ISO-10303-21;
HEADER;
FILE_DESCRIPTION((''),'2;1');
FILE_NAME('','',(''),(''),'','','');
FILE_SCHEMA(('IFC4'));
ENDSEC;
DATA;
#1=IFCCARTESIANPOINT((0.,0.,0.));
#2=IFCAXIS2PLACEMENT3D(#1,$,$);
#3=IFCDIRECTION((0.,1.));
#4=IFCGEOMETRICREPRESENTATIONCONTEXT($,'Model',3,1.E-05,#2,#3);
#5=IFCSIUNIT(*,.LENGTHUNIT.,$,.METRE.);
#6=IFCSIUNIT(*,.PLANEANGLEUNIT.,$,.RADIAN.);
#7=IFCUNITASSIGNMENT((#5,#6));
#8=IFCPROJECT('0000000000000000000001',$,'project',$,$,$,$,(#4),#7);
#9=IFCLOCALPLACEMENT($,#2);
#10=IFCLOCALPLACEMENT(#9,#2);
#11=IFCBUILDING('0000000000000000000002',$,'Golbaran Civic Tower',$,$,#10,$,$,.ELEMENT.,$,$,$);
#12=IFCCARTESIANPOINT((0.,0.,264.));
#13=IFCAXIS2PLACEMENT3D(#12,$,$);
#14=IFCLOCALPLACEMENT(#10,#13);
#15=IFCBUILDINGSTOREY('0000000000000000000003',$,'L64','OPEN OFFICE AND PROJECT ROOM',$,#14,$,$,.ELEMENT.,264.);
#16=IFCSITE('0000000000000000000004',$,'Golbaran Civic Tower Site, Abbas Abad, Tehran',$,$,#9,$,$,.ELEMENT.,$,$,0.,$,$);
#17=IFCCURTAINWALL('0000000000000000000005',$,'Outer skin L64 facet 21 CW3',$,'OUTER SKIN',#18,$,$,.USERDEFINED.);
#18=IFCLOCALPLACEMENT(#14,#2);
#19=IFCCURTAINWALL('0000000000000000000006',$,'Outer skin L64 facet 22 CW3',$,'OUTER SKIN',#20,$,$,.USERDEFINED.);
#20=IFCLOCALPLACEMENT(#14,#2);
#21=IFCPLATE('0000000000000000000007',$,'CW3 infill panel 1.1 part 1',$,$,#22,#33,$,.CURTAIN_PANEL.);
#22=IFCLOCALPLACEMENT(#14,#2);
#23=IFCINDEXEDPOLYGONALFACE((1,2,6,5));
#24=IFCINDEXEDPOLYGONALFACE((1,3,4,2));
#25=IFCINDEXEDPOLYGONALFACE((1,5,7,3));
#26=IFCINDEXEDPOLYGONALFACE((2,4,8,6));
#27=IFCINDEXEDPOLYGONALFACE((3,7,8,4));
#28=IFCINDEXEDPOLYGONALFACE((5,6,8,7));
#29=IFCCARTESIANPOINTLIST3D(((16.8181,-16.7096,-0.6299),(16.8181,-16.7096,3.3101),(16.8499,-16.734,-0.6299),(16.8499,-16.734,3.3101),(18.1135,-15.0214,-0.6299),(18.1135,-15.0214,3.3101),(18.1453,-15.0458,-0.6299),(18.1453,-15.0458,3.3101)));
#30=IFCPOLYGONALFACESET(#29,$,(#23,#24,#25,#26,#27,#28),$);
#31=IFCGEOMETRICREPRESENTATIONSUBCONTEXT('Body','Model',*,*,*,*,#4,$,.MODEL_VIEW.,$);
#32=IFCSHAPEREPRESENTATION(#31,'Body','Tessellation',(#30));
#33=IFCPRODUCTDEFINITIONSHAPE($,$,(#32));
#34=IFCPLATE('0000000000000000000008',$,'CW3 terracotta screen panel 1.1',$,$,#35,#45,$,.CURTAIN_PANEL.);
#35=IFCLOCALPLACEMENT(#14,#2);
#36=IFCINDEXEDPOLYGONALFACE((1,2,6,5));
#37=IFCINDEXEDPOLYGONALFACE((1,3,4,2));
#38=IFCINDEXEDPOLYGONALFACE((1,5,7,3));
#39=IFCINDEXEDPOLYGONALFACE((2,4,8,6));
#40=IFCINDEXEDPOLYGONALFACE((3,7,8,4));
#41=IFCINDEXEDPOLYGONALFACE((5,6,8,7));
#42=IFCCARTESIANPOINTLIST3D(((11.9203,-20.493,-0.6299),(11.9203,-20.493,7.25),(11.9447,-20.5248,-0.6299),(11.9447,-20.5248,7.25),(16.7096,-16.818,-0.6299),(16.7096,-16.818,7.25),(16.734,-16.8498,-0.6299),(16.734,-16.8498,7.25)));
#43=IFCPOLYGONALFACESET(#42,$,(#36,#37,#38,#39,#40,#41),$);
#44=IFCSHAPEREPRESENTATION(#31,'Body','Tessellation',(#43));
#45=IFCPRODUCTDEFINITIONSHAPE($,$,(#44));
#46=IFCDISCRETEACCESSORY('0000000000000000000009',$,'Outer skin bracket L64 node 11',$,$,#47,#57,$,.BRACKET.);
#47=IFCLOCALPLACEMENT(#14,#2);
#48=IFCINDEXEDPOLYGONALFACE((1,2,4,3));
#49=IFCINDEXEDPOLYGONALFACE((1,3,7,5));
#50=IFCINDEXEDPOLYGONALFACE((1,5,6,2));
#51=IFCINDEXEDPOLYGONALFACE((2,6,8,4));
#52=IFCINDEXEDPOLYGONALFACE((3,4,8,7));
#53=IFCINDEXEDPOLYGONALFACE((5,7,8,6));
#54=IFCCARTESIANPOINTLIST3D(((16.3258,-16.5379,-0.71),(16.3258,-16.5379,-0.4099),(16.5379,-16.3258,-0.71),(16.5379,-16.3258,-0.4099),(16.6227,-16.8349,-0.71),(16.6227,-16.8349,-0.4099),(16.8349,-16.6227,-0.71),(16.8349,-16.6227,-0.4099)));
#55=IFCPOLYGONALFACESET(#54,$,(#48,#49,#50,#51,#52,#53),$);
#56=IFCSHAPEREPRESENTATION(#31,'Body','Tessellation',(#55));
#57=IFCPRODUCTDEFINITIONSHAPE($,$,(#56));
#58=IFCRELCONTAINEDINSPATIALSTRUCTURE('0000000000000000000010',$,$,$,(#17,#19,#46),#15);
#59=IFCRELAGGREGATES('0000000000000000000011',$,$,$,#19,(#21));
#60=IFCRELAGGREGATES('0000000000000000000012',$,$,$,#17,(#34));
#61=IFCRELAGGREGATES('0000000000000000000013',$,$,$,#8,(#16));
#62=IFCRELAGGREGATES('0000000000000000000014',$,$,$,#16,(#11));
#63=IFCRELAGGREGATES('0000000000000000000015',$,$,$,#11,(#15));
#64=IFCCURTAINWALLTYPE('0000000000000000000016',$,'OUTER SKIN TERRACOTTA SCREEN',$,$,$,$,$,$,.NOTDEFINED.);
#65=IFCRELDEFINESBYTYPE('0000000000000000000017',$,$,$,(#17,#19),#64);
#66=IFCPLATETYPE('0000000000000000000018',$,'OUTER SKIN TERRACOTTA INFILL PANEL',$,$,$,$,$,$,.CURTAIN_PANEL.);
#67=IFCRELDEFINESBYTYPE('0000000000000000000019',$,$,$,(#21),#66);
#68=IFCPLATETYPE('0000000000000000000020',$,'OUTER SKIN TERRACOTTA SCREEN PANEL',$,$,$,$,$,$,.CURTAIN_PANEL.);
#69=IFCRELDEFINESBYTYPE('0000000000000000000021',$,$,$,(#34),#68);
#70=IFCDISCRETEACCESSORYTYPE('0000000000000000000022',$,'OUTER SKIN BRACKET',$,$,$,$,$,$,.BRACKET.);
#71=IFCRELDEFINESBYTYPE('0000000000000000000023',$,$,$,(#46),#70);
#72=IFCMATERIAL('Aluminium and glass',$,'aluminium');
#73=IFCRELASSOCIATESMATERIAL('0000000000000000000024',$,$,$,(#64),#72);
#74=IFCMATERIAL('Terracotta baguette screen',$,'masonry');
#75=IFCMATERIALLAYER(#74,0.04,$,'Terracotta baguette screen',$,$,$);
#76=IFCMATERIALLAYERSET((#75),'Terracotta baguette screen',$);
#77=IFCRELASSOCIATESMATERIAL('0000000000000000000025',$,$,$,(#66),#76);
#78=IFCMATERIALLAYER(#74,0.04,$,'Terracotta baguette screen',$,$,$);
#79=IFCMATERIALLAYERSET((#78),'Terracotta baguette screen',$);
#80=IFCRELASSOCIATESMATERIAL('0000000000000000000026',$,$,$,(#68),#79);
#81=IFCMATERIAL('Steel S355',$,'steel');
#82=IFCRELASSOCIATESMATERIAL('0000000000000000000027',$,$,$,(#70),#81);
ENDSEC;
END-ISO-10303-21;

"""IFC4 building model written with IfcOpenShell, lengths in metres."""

from ifc_helpers import new_model, si_unit, direction, frame, origin, origin_2d, place, context, subcontext, project, spatial, rectangle, extrude, material, layer, layer_set, type_object, element, aggregate, save


model = new_model("IFC4")

# Units and contexts
model_context = context("Model", 3, precision=1e-05, world=origin(), true_north=direction((0.0, 1.0)))
body_context = subcontext(model_context, "Body", "Model", "MODEL_VIEW")
ifc_project = project(units=[si_unit("LENGTHUNIT", "METRE"), si_unit("PLANEANGLEUNIT", "RADIAN")], contexts=[model_context])

# Site, building, storey
site_placement = place(None, origin())
site = spatial("IfcSite", under=ifc_project, at=site_placement, Name="Golbaran Civic Tower Site, Abbas Abad, Tehran", CompositionType="ELEMENT", RefElevation=0.0)
building_placement = place(site_placement, origin())
building = spatial("IfcBuilding", under=site, at=building_placement, Name="Golbaran Civic Tower", CompositionType="ELEMENT")
storey_placement = place(building_placement, frame((0.0, 0.0, 264.0)))
storey = spatial("IfcBuildingStorey", under=building, at=storey_placement, Name="L64", Description="OPEN OFFICE AND PROJECT ROOM", CompositionType="ELEMENT", Elevation=264.0)

# Shared definitions
ifc_material_1 = material(Name="Steel S355", Category="steel")

# Shared definitions
ifc_material_2 = material(Name="Aluminium and glass", Category="aluminium")

# Curtain wall
curtain_wall_type_1 = type_object("IfcCurtainWallType", Name="OUTER SKIN TERRACOTTA SCREEN", PredefinedType="NOTDEFINED", material=ifc_material_2)
curtain_wall_1_placement = place(storey_placement, origin())
curtain_wall_1 = element("IfcCurtainWall", 1, at=curtain_wall_1_placement, inside=storey, type_object=curtain_wall_type_1, Name="Outer skin L64 facet 21 CW3", ObjectType="OUTER SKIN", PredefinedType="USERDEFINED")

# Curtain wall
curtain_wall_2_placement = place(storey_placement, origin())
curtain_wall_2 = element("IfcCurtainWall", 2, at=curtain_wall_2_placement, inside=storey, type_object=curtain_wall_type_1, Name="Outer skin L64 facet 22 CW3", ObjectType="OUTER SKIN", PredefinedType="USERDEFINED")

# Plates
ifc_material_3 = material(Name="Terracotta baguette screen", Category="masonry")
ifc_layer_1 = layer(ifc_material_3, 0.04, Name="Terracotta baguette screen")
ifc_layer_set_1 = layer_set([ifc_layer_1], Name="Terracotta baguette screen")
plate_type_1 = type_object("IfcPlateType", Name="OUTER SKIN TERRACOTTA INFILL PANEL", PredefinedType="CURTAIN_PANEL", material=ifc_layer_set_1)
plate_1_placement = place(storey_placement, frame((17.4817, -15.8777, -0.6299), z_axis=(0.0, 0.0, 1.0), x_axis=(0.608761, 0.793353, 0.0)))
plate_1 = element("IfcPlate", 3, at=plate_1_placement, type_object=plate_type_1, Name="CW3 infill panel 1.1 part 1", PredefinedType="CURTAIN_PANEL", context=body_context, shape_type="SweptSolid", body=[
    extrude(rectangle(XDim=2.1279, YDim=0.04, at=origin_2d()), origin(), (0.0, 0.0, 1.0), 3.9399),
])
aggregate(curtain_wall_2, [plate_1])
ifc_layer_2 = layer(ifc_material_3, 0.04, Name="Terracotta baguette screen")
ifc_layer_set_2 = layer_set([ifc_layer_2], Name="Terracotta baguette screen")
plate_type_2 = type_object("IfcPlateType", Name="OUTER SKIN TERRACOTTA SCREEN PANEL", PredefinedType="CURTAIN_PANEL", material=ifc_layer_set_2)
plate_2_placement = place(storey_placement, frame((14.3271, -18.6714, -0.6299), z_axis=(0.0, 0.0, 1.0), x_axis=(0.793353, 0.608761, 0.0)))
plate_2 = element("IfcPlate", 4, at=plate_2_placement, type_object=plate_type_2, Name="CW3 terracotta screen panel 1.1", PredefinedType="CURTAIN_PANEL", context=body_context, shape_type="SweptSolid", body=[
    extrude(rectangle(XDim=6.0369, YDim=0.04, at=origin_2d()), origin(), (0.0, 0.0, 1.0), 7.8799),
])
aggregate(curtain_wall_1, [plate_2])

# Discrete accessory
discrete_accessory_type = type_object("IfcDiscreteAccessoryType", Name="OUTER SKIN BRACKET", PredefinedType="BRACKET", material=ifc_material_1)
discrete_accessory_placement = place(storey_placement, frame((16.5803, -16.5803, -0.71), z_axis=(0.0, 0.0, 1.0), x_axis=(0.707107, -0.707107, 0.0)))
element("IfcDiscreteAccessory", 5, at=discrete_accessory_placement, inside=storey, type_object=discrete_accessory_type, Name="Outer skin bracket L64 node 11", PredefinedType="BRACKET", context=body_context, shape_type="SweptSolid", body=[
    extrude(rectangle(XDim=0.4199, YDim=0.3, at=origin_2d()), origin(), (0.0, 0.0, 1.0), 0.3),
])

save(model, "model.ifc")
